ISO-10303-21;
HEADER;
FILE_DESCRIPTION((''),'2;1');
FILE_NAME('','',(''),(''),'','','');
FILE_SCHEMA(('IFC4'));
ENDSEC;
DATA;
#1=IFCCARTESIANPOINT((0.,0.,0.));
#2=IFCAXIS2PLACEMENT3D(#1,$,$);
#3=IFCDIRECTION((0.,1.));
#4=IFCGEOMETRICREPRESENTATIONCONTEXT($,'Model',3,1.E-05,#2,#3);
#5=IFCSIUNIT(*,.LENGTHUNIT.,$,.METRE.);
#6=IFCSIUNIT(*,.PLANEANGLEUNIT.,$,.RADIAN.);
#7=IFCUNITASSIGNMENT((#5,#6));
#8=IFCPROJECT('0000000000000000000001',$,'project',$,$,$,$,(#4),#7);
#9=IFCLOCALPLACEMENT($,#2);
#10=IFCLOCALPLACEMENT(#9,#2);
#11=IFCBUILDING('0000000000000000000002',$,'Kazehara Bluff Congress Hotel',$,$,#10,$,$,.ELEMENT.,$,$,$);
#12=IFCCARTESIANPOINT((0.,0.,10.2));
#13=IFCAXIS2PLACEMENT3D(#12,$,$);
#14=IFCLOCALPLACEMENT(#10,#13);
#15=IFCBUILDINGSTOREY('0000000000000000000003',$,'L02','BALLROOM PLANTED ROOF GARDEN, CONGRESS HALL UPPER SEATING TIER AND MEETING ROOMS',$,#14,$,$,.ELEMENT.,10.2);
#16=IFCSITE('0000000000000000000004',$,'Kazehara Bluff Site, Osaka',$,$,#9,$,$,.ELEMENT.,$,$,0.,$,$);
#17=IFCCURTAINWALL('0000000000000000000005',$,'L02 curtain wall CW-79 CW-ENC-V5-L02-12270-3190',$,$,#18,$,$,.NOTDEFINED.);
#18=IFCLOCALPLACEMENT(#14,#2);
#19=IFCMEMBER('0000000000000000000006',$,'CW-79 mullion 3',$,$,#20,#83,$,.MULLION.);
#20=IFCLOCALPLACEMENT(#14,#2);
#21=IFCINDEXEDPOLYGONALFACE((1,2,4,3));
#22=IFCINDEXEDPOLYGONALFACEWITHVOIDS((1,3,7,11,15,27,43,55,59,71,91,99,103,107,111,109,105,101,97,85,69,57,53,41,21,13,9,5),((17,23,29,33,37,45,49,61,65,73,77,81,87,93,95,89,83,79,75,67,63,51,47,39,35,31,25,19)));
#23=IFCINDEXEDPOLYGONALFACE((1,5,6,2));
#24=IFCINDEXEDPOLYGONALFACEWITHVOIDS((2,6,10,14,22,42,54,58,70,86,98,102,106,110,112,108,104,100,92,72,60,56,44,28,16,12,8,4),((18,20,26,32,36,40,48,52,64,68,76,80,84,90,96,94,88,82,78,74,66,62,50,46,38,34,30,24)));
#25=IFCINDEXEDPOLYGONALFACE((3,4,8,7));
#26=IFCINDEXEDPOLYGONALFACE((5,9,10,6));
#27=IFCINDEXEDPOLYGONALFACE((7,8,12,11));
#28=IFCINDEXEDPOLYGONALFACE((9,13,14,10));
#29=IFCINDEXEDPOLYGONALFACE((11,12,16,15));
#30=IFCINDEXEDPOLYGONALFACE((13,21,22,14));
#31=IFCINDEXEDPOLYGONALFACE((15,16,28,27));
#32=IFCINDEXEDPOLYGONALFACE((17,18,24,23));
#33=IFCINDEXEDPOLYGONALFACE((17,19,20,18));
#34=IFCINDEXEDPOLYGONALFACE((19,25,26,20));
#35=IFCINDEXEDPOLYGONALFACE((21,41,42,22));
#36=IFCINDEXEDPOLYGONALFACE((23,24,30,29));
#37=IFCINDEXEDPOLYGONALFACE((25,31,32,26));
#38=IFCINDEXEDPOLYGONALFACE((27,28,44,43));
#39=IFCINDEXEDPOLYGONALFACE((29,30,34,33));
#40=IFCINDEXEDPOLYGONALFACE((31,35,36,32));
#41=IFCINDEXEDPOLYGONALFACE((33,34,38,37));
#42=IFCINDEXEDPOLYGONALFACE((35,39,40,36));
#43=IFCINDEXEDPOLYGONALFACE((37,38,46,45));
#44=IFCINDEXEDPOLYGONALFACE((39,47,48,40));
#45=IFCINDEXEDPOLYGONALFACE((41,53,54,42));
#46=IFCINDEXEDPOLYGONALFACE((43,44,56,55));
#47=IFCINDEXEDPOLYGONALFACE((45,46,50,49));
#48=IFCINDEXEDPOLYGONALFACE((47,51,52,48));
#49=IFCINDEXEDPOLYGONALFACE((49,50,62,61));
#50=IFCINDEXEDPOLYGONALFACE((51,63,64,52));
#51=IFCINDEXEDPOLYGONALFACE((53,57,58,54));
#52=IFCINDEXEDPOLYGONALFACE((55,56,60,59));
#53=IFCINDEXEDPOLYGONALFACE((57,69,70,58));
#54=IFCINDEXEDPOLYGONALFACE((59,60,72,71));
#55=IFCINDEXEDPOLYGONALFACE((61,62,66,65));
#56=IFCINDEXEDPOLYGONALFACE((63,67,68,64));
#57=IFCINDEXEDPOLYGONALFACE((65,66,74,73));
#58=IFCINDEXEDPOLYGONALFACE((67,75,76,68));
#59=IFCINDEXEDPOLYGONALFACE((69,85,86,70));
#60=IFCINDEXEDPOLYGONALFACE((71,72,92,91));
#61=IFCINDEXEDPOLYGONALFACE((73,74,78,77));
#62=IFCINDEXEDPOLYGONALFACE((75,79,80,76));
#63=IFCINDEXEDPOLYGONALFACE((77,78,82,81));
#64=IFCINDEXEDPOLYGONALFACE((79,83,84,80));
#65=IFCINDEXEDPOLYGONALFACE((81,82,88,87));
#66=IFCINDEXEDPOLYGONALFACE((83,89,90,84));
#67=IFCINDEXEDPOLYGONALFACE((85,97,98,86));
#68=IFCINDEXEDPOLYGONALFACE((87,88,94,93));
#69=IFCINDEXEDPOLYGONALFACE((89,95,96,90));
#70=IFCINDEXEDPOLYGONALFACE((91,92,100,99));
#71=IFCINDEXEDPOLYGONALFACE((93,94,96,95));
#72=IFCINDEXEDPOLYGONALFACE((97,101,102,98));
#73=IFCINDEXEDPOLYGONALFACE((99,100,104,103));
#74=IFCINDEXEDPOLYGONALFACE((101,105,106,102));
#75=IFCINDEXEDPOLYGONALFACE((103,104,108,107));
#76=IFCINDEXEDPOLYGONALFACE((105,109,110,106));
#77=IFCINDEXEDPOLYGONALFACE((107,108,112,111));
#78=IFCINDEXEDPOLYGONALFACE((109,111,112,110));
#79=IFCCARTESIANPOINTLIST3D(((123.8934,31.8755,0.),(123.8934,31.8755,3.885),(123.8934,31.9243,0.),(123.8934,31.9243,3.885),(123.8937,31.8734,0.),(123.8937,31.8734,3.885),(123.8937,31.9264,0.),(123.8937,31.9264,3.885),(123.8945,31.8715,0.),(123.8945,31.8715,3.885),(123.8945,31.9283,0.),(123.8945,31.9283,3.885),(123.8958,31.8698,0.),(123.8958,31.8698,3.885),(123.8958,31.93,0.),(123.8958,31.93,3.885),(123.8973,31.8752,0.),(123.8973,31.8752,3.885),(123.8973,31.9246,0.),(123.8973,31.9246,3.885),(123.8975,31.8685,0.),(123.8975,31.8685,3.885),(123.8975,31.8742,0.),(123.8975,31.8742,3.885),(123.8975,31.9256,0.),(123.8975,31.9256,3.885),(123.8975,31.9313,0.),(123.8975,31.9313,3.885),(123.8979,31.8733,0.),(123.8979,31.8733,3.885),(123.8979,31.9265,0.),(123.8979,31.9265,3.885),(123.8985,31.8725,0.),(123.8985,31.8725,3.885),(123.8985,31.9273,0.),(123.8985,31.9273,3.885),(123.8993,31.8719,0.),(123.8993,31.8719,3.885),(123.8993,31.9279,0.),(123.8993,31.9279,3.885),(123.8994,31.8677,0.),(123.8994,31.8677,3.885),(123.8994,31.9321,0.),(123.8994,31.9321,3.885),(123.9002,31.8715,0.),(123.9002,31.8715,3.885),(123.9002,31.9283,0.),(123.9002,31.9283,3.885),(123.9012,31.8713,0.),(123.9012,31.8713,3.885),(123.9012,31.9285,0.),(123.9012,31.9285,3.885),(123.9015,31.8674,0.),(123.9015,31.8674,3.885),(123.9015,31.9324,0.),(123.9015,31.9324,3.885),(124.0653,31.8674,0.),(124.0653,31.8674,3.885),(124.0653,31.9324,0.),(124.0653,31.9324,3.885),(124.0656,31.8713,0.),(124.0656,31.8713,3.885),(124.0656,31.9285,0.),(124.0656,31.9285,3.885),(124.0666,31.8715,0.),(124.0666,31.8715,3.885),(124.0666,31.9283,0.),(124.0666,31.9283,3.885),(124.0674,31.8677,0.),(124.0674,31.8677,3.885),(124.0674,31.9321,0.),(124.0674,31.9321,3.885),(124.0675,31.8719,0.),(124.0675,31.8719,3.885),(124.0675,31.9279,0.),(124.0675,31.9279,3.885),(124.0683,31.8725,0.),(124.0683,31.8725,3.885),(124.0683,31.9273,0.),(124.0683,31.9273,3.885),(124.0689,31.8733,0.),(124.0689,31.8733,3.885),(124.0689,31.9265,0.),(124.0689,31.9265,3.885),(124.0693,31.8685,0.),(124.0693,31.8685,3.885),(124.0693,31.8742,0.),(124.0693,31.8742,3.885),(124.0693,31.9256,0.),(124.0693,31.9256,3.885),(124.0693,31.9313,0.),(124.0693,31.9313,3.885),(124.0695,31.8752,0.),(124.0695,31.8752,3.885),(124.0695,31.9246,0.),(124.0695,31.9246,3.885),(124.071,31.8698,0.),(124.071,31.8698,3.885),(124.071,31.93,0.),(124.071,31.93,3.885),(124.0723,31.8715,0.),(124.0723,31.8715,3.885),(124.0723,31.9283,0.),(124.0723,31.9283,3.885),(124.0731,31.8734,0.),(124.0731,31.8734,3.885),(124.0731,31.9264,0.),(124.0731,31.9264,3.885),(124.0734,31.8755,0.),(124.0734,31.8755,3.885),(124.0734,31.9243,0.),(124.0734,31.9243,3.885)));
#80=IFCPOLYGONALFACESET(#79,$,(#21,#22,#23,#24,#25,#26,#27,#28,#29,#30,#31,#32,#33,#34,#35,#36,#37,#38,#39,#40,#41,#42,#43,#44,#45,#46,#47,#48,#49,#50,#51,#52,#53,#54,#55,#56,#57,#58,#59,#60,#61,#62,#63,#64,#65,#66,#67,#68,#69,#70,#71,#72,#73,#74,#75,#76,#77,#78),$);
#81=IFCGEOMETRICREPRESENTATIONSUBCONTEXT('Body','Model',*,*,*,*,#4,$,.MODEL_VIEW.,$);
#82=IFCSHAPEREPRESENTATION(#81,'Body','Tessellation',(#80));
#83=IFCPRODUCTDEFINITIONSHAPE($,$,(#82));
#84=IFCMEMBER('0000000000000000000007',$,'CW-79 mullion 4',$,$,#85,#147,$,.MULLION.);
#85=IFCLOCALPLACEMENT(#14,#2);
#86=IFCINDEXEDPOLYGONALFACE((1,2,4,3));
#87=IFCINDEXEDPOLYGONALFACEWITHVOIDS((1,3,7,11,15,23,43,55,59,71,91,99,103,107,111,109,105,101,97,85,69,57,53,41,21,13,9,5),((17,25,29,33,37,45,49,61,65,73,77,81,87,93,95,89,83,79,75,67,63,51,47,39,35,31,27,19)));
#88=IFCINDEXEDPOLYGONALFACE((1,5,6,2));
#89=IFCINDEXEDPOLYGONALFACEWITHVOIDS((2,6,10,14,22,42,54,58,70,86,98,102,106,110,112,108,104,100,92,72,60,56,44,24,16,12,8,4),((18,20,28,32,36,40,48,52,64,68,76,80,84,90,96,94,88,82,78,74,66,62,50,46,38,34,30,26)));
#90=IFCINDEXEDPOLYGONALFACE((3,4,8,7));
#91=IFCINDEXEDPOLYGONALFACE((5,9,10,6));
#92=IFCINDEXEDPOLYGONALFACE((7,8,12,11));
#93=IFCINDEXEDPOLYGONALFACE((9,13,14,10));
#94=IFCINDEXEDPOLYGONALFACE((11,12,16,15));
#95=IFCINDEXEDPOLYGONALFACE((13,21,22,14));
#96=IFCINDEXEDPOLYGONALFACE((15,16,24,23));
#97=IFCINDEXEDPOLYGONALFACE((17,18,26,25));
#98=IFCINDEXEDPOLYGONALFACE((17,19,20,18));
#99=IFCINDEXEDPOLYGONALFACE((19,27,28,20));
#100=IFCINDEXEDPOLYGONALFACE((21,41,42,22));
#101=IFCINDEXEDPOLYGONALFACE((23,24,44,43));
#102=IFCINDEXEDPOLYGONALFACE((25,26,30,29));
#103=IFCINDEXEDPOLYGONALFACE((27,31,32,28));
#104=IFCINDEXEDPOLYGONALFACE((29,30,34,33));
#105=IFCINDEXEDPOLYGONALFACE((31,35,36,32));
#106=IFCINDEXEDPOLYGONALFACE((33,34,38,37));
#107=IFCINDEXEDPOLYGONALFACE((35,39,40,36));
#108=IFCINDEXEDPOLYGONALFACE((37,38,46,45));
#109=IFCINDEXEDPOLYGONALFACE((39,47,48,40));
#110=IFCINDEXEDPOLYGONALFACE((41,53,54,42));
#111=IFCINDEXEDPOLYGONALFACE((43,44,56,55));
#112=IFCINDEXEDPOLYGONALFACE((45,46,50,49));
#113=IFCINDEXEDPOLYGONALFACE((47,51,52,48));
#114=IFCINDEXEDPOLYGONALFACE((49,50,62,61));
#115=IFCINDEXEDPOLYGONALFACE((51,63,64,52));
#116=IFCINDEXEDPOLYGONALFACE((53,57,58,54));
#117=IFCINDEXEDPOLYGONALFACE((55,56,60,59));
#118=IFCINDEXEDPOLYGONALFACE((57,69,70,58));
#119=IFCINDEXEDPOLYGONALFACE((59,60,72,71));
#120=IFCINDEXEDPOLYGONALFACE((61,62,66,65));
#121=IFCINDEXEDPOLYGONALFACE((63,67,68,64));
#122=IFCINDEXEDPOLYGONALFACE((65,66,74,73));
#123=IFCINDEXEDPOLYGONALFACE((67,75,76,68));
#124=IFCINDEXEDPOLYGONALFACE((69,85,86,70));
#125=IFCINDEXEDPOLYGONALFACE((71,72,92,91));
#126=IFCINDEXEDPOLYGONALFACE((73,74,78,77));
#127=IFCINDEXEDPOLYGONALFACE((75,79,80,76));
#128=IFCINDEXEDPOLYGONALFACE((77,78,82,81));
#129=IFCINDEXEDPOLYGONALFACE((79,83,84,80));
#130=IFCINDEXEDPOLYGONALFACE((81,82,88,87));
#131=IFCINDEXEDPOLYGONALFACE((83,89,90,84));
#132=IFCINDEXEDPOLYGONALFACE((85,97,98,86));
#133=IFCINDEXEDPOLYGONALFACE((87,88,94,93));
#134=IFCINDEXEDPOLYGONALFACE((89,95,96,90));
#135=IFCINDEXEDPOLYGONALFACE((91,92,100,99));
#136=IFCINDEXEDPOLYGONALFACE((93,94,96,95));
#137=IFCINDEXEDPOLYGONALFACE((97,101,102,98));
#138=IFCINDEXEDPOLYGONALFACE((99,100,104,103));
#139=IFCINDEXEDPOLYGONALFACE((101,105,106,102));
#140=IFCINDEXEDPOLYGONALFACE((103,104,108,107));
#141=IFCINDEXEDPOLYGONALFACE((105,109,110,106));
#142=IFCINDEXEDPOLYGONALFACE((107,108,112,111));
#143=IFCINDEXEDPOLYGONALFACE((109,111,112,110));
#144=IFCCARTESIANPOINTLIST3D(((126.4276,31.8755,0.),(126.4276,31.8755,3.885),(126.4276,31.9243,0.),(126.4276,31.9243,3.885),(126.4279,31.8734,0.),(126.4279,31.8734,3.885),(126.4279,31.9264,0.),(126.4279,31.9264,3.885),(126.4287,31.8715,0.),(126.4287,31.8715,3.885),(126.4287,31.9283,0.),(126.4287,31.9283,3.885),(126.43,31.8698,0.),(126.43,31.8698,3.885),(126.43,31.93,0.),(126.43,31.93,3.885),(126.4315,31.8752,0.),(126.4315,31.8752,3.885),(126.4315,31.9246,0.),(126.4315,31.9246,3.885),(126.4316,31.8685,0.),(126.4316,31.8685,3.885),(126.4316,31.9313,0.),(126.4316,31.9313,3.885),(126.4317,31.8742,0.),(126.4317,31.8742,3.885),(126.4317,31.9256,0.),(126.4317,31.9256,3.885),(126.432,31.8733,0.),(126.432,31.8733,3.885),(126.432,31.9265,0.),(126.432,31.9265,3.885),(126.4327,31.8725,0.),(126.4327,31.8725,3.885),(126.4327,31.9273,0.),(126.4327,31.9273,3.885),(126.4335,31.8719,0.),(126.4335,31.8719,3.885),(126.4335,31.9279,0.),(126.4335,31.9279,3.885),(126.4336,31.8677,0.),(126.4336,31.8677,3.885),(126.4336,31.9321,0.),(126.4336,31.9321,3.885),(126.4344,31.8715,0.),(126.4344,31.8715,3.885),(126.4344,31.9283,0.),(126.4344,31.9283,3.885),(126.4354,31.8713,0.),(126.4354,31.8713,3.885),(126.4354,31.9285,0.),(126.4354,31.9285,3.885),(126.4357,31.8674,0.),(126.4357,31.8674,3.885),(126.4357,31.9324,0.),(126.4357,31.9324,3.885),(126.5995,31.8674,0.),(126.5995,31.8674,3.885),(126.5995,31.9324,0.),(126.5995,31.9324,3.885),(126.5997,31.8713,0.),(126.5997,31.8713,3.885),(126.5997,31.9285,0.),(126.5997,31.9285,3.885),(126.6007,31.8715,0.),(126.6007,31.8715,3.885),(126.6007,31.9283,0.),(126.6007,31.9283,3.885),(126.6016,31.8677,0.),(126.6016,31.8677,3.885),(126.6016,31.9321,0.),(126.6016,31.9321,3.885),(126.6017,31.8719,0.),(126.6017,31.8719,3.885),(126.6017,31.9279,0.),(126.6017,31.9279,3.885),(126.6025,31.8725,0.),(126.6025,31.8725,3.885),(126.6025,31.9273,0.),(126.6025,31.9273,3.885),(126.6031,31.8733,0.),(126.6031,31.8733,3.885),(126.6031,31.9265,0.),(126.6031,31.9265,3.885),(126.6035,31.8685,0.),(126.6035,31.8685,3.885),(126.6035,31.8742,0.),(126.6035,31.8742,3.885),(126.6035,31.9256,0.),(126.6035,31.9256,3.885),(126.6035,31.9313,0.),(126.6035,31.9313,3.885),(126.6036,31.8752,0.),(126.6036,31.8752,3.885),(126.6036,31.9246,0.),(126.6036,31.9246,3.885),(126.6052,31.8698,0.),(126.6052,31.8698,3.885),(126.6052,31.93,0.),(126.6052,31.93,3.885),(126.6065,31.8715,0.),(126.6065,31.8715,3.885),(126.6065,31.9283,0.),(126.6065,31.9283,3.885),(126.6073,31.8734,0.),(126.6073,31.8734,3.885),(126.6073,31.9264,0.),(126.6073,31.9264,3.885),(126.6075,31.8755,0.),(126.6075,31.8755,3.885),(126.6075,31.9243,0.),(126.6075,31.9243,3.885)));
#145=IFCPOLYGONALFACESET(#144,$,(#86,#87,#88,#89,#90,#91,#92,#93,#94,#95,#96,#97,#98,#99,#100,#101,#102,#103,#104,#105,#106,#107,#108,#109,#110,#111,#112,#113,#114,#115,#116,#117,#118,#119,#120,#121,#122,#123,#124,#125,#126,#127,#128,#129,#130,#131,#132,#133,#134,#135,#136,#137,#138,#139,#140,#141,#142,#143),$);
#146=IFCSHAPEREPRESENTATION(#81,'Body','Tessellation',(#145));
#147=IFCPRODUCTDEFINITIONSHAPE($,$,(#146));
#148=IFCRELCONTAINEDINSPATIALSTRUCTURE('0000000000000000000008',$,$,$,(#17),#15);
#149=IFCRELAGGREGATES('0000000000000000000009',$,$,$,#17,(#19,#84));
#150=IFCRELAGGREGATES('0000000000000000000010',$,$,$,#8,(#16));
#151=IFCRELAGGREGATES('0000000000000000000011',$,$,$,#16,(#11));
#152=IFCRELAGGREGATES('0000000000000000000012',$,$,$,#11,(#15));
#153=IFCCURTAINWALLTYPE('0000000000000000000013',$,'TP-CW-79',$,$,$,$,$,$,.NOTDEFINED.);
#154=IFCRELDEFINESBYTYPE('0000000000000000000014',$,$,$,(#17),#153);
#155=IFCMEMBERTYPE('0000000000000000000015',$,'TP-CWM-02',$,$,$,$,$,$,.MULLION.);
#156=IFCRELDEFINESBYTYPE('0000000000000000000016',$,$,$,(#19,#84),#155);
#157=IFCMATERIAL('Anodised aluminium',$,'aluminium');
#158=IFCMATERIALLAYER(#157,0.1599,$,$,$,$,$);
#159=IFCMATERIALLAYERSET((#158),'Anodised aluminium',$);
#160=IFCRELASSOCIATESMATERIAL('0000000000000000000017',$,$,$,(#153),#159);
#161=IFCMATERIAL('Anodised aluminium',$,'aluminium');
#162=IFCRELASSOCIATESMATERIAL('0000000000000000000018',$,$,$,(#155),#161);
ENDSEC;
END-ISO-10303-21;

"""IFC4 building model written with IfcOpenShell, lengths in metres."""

from ifc_helpers import new_model, si_unit, direction, frame, origin, origin_2d, place, context, subcontext, project, spatial, hollow_rectangle, extrude, material, layer, layer_set, material_profile, profile_set, type_object, element, aggregate, save


model = new_model("IFC4")

# Units and contexts
model_context = context("Model", 3, precision=1e-05, world=origin(), true_north=direction((0.0, 1.0)))
body_context = subcontext(model_context, "Body", "Model", "MODEL_VIEW")
ifc_project = project(units=[si_unit("LENGTHUNIT", "METRE"), si_unit("PLANEANGLEUNIT", "RADIAN")], contexts=[model_context])

# Site, building, storey
site_placement = place(None, origin())
site = spatial("IfcSite", under=ifc_project, at=site_placement, Name="Kazehara Bluff Site, Osaka", CompositionType="ELEMENT", RefElevation=0.0)
building_placement = place(site_placement, origin())
building = spatial("IfcBuilding", under=site, at=building_placement, Name="Kazehara Bluff Congress Hotel", CompositionType="ELEMENT")
storey_placement = place(building_placement, frame((0.0, 0.0, 10.2)))
storey = spatial("IfcBuildingStorey", under=building, at=storey_placement, Name="L02", Description="BALLROOM PLANTED ROOF GARDEN, CONGRESS HALL UPPER SEATING TIER AND MEETING ROOMS", CompositionType="ELEMENT", Elevation=10.2)

# Curtain wall, members
ifc_material_1 = material(Name="Anodised aluminium", Category="aluminium")
ifc_layer_1 = layer(ifc_material_1, 0.1599)
ifc_layer_set_1 = layer_set([ifc_layer_1], Name="Anodised aluminium")
curtain_wall_type_1 = type_object("IfcCurtainWallType", Name="TP-CW-79", PredefinedType="NOTDEFINED", material=ifc_layer_set_1)
curtain_wall_1_placement = place(storey_placement, origin())
curtain_wall_1 = element("IfcCurtainWall", 1, at=curtain_wall_1_placement, inside=storey, type_object=curtain_wall_type_1, Name="L02 curtain wall CW-79 CW-ENC-V5-L02-12270-3190", PredefinedType="NOTDEFINED")
ifc_material_2 = material(Name="Anodised aluminium", Category="aluminium")
ifc_material_profile_1 = material_profile(ifc_material_2, hollow_rectangle(XDim=0.0649, YDim=0.1799, WallThickness=0.0039, InnerFilletRadius=0.0039, OuterFilletRadius=0.0081, at=origin_2d()))
ifc_profile_set_1 = profile_set([ifc_material_profile_1], Name="Anodised aluminium")
member_type_1 = type_object("IfcMemberType", Name="TP-CWM-02", PredefinedType="MULLION", material=ifc_profile_set_1)
member_1_placement = place(storey_placement, frame((123.9834, 31.8999, 0.0), z_axis=(0.0, 0.0, 1.0), x_axis=(0.0, 1.0, 0.0)))
member_1 = element("IfcMember", 2, at=member_1_placement, type_object=member_type_1, Name="CW-79 mullion 3", PredefinedType="MULLION", context=body_context, shape_type="SweptSolid", body=[
    extrude(hollow_rectangle(XDim=0.0649, YDim=0.1799, WallThickness=0.0039, InnerFilletRadius=0.0039, OuterFilletRadius=0.0081, at=origin_2d()), origin(), (0.0, 0.0, 1.0), 3.885),
])
member_2_placement = place(storey_placement, frame((126.5176, 31.8999, 0.0), z_axis=(0.0, 0.0, 1.0), x_axis=(0.0, 1.0, 0.0)))
member_2 = element("IfcMember", 3, at=member_2_placement, type_object=member_type_1, Name="CW-79 mullion 4", PredefinedType="MULLION", context=body_context, shape_type="SweptSolid", body=[
    extrude(hollow_rectangle(XDim=0.0649, YDim=0.1799, WallThickness=0.0039, InnerFilletRadius=0.0039, OuterFilletRadius=0.0081, at=origin_2d()), origin(), (0.0, 0.0, 1.0), 3.885),
])

aggregate(curtain_wall_1, [member_1, member_2])

save(model, "model.ifc")
